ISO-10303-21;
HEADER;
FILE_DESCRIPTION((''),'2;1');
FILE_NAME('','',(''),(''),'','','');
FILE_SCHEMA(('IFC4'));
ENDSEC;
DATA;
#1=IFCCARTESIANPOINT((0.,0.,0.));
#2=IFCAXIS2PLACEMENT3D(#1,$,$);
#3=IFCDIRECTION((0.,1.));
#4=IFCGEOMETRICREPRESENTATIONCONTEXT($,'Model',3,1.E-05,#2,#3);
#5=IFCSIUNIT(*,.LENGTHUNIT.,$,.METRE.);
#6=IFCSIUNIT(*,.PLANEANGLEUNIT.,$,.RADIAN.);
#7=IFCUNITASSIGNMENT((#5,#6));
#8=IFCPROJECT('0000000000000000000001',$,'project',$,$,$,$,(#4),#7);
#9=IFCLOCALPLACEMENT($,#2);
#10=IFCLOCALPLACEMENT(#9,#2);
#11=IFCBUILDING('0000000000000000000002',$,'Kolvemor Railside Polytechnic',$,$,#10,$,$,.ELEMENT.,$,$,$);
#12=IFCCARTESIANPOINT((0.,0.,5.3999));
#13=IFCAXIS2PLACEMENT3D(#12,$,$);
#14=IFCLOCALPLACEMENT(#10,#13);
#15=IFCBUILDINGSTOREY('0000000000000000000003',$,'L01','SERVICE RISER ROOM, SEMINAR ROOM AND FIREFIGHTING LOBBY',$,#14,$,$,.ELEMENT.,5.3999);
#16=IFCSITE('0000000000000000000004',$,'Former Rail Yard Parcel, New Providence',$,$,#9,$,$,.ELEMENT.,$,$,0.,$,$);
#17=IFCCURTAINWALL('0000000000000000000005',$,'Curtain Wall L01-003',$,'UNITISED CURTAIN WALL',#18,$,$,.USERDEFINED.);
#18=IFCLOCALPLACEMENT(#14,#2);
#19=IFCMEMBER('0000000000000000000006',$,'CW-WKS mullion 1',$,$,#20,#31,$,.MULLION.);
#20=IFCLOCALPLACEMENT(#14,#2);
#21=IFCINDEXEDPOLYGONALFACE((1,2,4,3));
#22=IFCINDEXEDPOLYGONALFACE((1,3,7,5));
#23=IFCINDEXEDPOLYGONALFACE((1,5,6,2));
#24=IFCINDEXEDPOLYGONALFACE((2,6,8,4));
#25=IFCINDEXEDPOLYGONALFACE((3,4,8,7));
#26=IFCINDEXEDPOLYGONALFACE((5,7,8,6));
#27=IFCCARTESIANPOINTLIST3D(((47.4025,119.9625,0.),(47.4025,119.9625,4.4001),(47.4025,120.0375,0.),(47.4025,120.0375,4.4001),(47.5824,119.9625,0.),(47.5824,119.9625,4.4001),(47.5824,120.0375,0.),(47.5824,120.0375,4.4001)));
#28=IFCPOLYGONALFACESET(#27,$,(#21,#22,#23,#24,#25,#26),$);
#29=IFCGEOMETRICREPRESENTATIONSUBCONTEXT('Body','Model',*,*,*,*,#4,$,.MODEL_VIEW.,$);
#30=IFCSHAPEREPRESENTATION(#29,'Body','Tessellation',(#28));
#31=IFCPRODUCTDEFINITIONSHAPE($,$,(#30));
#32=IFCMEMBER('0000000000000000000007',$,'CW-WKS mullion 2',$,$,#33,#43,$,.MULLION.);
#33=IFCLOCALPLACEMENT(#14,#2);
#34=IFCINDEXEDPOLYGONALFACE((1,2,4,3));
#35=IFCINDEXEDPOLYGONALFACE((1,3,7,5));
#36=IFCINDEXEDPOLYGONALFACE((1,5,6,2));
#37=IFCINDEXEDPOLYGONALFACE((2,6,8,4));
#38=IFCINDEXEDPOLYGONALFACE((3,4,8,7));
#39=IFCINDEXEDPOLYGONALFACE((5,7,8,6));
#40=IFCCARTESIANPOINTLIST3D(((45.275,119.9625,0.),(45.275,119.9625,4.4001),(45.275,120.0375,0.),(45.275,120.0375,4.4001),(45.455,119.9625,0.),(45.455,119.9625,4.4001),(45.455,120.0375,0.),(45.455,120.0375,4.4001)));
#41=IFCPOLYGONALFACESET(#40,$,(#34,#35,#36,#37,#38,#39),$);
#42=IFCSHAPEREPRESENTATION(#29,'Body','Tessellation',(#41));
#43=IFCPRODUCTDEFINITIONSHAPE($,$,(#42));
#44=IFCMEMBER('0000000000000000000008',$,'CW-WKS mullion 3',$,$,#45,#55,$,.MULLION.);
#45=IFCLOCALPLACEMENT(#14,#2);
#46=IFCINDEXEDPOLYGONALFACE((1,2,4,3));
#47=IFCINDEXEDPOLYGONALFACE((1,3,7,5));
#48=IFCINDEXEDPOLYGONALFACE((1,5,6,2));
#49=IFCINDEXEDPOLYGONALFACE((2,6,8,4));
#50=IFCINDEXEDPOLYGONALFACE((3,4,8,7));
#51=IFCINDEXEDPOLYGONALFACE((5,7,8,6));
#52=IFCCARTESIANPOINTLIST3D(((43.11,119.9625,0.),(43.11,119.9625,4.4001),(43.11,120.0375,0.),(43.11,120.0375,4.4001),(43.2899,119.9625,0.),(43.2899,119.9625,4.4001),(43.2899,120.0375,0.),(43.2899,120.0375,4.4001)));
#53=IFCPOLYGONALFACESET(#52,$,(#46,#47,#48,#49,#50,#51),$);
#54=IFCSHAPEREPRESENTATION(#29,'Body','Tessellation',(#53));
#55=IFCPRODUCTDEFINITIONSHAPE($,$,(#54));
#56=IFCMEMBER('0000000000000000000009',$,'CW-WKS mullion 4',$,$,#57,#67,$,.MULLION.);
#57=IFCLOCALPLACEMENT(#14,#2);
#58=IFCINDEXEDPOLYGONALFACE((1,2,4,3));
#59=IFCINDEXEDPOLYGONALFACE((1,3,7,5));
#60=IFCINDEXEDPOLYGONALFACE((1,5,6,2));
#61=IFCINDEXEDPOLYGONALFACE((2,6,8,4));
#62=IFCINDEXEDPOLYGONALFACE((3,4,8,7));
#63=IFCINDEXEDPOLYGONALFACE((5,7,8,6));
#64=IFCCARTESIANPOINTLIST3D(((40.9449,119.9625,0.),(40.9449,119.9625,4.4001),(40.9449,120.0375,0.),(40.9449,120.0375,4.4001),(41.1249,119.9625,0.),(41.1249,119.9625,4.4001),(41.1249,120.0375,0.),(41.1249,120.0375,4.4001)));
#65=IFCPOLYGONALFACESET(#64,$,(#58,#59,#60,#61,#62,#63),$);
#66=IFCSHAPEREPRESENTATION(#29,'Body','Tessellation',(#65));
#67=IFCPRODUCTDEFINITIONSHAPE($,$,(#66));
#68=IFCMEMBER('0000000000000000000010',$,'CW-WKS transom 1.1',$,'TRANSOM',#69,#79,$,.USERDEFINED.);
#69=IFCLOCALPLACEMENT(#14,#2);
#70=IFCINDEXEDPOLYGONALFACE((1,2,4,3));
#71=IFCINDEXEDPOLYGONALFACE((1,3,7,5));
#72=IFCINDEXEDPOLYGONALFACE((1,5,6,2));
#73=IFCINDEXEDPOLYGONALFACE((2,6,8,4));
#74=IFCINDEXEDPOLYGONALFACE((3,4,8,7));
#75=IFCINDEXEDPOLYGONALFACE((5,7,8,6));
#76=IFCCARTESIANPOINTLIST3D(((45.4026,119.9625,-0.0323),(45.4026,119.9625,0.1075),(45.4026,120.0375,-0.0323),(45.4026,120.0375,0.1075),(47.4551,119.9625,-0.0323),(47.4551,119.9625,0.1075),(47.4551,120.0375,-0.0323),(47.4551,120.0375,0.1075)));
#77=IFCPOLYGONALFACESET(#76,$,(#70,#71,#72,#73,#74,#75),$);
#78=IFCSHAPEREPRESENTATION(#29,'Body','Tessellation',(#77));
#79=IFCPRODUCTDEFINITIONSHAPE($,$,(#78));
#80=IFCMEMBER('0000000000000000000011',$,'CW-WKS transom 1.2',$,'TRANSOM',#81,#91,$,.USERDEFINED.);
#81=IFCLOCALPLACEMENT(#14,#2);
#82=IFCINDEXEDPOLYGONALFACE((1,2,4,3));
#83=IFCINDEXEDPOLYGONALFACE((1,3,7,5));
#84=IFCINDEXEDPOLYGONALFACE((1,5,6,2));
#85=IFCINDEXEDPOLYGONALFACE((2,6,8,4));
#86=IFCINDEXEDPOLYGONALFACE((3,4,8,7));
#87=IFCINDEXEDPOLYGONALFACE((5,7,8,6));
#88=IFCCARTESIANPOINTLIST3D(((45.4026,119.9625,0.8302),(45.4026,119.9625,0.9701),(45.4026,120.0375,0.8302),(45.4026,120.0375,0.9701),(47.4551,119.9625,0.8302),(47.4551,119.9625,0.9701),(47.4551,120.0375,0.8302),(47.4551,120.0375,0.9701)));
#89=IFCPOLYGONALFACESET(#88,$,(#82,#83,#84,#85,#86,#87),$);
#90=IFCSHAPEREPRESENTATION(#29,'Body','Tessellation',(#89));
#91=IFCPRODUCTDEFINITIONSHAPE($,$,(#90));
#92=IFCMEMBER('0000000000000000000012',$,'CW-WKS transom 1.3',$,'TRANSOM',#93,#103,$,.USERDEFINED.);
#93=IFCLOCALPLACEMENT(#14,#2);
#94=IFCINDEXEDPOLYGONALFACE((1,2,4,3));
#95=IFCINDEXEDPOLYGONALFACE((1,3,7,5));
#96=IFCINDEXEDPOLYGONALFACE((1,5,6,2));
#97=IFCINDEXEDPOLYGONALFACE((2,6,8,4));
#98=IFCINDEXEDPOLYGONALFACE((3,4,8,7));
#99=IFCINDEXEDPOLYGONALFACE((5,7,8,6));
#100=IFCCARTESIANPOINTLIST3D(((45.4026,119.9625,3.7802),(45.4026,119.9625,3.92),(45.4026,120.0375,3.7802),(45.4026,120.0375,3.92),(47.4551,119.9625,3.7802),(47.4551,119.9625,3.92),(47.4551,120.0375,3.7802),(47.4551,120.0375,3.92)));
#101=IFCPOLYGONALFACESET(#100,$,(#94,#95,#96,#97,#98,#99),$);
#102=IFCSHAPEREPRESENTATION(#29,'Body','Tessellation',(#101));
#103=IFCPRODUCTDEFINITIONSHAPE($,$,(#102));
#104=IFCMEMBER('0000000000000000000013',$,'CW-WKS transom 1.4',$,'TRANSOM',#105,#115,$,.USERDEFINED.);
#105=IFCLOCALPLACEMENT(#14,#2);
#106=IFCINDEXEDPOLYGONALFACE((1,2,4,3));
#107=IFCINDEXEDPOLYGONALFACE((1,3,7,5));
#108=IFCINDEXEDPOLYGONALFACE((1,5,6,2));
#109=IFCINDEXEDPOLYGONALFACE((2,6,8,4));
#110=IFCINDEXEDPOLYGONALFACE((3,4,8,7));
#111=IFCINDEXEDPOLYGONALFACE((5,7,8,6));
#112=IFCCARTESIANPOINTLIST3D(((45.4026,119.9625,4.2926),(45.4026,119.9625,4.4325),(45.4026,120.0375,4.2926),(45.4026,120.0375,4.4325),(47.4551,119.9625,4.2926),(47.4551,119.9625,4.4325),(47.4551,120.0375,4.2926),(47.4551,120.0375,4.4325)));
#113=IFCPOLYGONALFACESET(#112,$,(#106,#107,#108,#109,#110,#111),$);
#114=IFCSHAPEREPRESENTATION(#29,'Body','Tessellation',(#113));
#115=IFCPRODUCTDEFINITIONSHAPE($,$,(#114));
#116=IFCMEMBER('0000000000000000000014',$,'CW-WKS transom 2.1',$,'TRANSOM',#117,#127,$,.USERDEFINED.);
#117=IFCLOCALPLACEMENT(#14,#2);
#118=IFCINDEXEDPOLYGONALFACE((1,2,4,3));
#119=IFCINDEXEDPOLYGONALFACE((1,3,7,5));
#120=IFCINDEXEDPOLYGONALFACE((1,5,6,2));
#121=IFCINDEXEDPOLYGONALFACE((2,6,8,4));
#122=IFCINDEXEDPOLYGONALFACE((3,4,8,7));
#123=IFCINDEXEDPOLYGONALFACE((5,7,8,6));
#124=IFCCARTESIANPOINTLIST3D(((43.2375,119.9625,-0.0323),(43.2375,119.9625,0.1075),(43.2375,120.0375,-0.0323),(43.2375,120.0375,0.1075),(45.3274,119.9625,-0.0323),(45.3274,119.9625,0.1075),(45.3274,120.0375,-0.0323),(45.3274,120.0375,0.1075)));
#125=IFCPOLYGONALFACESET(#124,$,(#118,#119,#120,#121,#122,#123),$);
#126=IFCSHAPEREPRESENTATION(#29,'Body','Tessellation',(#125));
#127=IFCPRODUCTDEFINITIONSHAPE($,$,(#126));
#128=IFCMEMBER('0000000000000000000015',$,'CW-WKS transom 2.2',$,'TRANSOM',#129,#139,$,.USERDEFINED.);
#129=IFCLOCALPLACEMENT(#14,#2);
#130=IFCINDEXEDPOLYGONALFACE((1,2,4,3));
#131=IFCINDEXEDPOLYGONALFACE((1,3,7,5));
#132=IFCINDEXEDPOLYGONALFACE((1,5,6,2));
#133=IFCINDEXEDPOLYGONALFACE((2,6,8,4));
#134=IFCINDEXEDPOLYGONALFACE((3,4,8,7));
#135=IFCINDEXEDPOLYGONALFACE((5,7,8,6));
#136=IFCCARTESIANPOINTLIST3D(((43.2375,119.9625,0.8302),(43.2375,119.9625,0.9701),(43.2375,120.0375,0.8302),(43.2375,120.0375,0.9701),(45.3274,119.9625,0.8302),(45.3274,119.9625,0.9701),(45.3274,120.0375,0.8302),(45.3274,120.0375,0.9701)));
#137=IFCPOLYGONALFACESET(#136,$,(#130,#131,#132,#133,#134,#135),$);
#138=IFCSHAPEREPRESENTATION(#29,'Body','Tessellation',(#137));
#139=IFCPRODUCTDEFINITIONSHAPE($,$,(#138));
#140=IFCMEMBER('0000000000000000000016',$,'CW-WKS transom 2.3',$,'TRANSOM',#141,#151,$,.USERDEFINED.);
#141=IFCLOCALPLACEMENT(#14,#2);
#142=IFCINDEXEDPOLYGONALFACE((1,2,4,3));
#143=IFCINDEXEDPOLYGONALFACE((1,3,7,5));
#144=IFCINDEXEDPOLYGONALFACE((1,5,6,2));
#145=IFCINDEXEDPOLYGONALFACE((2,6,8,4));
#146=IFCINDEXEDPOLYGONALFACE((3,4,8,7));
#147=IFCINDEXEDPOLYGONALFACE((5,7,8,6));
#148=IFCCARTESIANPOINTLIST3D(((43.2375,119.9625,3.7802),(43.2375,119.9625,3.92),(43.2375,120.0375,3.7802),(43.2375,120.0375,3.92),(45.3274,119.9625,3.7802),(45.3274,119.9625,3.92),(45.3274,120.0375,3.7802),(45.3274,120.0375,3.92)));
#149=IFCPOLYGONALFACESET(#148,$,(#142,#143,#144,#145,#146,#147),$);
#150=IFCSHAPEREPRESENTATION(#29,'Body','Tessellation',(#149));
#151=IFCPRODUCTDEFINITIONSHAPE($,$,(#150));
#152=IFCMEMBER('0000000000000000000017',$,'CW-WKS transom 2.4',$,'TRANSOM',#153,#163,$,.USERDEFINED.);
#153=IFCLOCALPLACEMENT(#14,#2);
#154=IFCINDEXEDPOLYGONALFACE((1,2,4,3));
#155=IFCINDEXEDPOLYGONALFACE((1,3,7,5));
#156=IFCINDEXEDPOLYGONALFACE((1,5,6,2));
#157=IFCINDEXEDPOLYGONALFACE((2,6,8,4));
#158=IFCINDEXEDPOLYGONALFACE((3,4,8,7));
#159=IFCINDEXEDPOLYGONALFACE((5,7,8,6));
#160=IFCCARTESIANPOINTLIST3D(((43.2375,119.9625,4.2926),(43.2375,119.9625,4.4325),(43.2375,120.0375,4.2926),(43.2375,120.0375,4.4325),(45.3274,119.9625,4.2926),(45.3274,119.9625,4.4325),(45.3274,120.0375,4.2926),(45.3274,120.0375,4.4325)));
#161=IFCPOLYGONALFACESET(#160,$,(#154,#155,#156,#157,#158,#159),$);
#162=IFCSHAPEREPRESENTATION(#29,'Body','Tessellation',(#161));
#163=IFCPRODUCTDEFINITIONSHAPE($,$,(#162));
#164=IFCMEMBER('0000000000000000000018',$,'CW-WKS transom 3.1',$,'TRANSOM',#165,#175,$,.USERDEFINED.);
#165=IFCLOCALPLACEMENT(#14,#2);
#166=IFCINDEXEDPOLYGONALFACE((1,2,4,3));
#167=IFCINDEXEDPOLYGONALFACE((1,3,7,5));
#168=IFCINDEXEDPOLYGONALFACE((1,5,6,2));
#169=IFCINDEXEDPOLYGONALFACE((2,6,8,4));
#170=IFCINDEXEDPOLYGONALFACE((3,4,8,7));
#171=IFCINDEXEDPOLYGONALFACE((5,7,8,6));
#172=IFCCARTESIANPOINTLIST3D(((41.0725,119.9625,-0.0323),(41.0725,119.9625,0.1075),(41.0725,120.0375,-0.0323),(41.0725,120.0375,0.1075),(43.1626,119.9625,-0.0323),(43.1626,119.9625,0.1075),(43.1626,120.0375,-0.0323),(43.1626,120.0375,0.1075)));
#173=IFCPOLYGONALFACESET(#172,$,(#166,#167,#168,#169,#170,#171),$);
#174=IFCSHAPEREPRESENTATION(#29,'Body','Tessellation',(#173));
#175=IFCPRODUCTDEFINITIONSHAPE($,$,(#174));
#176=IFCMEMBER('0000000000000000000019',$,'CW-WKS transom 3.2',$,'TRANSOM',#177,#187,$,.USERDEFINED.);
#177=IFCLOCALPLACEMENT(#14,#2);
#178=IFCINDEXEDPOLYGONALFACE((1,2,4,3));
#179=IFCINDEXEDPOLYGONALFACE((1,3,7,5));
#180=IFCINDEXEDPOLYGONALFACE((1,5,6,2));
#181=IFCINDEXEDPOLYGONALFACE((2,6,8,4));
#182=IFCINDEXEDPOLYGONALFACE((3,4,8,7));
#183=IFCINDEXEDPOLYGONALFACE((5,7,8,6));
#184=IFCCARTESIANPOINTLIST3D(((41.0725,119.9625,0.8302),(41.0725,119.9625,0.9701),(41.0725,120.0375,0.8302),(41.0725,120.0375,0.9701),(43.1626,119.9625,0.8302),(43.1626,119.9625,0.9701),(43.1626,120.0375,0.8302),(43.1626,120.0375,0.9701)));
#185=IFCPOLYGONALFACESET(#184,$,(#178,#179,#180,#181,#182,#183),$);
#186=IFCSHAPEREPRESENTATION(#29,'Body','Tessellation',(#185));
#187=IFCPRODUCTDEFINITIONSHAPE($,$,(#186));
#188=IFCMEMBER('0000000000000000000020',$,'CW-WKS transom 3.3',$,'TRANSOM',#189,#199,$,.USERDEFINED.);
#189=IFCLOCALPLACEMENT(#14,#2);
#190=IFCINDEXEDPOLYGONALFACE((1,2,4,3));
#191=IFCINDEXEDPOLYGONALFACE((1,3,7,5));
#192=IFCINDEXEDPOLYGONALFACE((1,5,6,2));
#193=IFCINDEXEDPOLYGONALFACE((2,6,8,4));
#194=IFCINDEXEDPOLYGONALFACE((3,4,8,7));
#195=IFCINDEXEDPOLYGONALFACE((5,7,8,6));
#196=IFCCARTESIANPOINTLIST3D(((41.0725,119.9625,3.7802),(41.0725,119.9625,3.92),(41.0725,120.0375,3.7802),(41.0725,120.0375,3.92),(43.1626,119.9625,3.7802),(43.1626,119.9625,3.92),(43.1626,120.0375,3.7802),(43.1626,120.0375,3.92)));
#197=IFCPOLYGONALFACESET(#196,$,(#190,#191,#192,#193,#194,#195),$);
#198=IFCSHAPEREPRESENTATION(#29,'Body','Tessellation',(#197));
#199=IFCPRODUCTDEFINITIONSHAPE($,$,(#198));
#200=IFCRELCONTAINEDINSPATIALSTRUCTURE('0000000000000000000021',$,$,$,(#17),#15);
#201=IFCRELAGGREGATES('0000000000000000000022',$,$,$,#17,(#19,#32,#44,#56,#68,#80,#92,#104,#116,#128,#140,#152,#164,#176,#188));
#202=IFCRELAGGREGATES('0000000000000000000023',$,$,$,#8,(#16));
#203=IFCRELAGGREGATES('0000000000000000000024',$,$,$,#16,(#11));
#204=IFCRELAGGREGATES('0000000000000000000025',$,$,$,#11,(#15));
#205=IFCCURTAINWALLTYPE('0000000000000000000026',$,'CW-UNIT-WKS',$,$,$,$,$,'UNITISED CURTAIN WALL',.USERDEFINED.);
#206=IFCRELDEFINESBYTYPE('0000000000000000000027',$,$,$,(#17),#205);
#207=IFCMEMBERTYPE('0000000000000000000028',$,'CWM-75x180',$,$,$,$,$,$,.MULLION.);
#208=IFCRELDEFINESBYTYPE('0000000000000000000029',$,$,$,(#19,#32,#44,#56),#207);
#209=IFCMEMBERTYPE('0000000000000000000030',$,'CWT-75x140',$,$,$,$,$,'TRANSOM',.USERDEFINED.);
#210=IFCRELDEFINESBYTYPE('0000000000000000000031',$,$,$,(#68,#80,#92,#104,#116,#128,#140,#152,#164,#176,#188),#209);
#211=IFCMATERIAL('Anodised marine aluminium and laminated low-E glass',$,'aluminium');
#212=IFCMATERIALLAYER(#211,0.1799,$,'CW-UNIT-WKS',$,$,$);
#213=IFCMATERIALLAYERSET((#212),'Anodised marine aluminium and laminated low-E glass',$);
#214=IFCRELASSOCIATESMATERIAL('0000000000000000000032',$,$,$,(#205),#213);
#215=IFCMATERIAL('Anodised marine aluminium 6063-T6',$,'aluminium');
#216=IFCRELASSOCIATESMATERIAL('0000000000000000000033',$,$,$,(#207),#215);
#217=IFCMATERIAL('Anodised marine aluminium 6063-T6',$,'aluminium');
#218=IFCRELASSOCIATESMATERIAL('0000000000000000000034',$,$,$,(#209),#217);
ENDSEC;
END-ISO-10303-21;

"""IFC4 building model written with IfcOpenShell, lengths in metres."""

from ifc_helpers import new_model, si_unit, direction, frame, origin, origin_2d, place, context, subcontext, project, spatial, rectangle, extrude, material, layer, layer_set, material_profile, profile_set, type_object, element, aggregate, save


model = new_model("IFC4")

# Units and contexts
model_context = context("Model", 3, precision=1e-05, world=origin(), true_north=direction((0.0, 1.0)))
body_context = subcontext(model_context, "Body", "Model", "MODEL_VIEW")
ifc_project = project(units=[si_unit("LENGTHUNIT", "METRE"), si_unit("PLANEANGLEUNIT", "RADIAN")], contexts=[model_context])

# Site, building, storey
site_placement = place(None, origin())
site = spatial("IfcSite", under=ifc_project, at=site_placement, Name="Former Rail Yard Parcel, New Providence", CompositionType="ELEMENT", RefElevation=0.0)
building_placement = place(site_placement, origin())
building = spatial("IfcBuilding", under=site, at=building_placement, Name="Kolvemor Railside Polytechnic", CompositionType="ELEMENT")
storey_placement = place(building_placement, frame((0.0, 0.0, 5.3999)))
storey = spatial("IfcBuildingStorey", under=building, at=storey_placement, Name="L01", Description="SERVICE RISER ROOM, SEMINAR ROOM AND FIREFIGHTING LOBBY", CompositionType="ELEMENT", Elevation=5.3999)

# Curtain wall, members
ifc_material_1 = material(Name="Anodised marine aluminium and laminated low-E glass", Category="aluminium")
ifc_layer_1 = layer(ifc_material_1, 0.1799, Name="CW-UNIT-WKS")
ifc_layer_set_1 = layer_set([ifc_layer_1], Name="Anodised marine aluminium and laminated low-E glass")
curtain_wall_type = type_object("IfcCurtainWallType", Name="CW-UNIT-WKS", ElementType="UNITISED CURTAIN WALL", PredefinedType="USERDEFINED", material=ifc_layer_set_1)
curtain_wall_placement = place(storey_placement, origin())
curtain_wall = element("IfcCurtainWall", 1, at=curtain_wall_placement, inside=storey, type_object=curtain_wall_type, Name="Curtain Wall L01-003", ObjectType="UNITISED CURTAIN WALL", PredefinedType="USERDEFINED")
ifc_material_2 = material(Name="Anodised marine aluminium 6063-T6", Category="aluminium")
ifc_material_profile_1 = material_profile(ifc_material_2, rectangle(XDim=0.075, YDim=0.1799, at=origin_2d()), Name="CW-MUL-75x180")
ifc_profile_set_1 = profile_set([ifc_material_profile_1], Name="Anodised marine aluminium 6063-T6")
member_type_1 = type_object("IfcMemberType", Name="CWM-75x180", PredefinedType="MULLION", material=ifc_profile_set_1)
member_1_placement = place(storey_placement, frame((47.4924, 120.0, 0.0), z_axis=(0.0, 0.0, 1.0), x_axis=(0.0, -1.0, 0.0)))
member_1 = element("IfcMember", 2, at=member_1_placement, type_object=member_type_1, Name="CW-WKS mullion 1", PredefinedType="MULLION", context=body_context, shape_type="SweptSolid", body=[
    extrude(rectangle(XDim=0.075, YDim=0.1799, at=origin_2d()), origin(), (0.0, 0.0, 1.0), 4.4001),
])
member_2_placement = place(storey_placement, frame((45.365, 120.0, 0.0), z_axis=(0.0, 0.0, 1.0), x_axis=(0.0, -1.0, 0.0)))
member_2 = element("IfcMember", 3, at=member_2_placement, type_object=member_type_1, Name="CW-WKS mullion 2", PredefinedType="MULLION", context=body_context, shape_type="SweptSolid", body=[
    extrude(rectangle(XDim=0.075, YDim=0.1799, at=origin_2d()), origin(), (0.0, 0.0, 1.0), 4.4001),
])
member_3_placement = place(storey_placement, frame((43.2, 120.0, 0.0), z_axis=(0.0, 0.0, 1.0), x_axis=(0.0, -1.0, 0.0)))
member_3 = element("IfcMember", 4, at=member_3_placement, type_object=member_type_1, Name="CW-WKS mullion 3", PredefinedType="MULLION", context=body_context, shape_type="SweptSolid", body=[
    extrude(rectangle(XDim=0.075, YDim=0.1799, at=origin_2d()), origin(), (0.0, 0.0, 1.0), 4.4001),
])
member_4_placement = place(storey_placement, frame((41.0349, 120.0, 0.0), z_axis=(0.0, 0.0, 1.0), x_axis=(0.0, -1.0, 0.0)))
member_4 = element("IfcMember", 5, at=member_4_placement, type_object=member_type_1, Name="CW-WKS mullion 4", PredefinedType="MULLION", context=body_context, shape_type="SweptSolid", body=[
    extrude(rectangle(XDim=0.075, YDim=0.1799, at=origin_2d()), origin(), (0.0, 0.0, 1.0), 4.4001),
])
ifc_material_3 = material(Name="Anodised marine aluminium 6063-T6", Category="aluminium")
ifc_material_profile_2 = material_profile(ifc_material_3, rectangle(XDim=0.075, YDim=0.1399, at=origin_2d()), Name="CW-TRN-75x140")
ifc_profile_set_2 = profile_set([ifc_material_profile_2], Name="Anodised marine aluminium 6063-T6")
member_type_2 = type_object("IfcMemberType", Name="CWT-75x140", ElementType="TRANSOM", PredefinedType="USERDEFINED", material=ifc_profile_set_2)
member_5_placement = place(storey_placement, frame((47.4551, 120.0, 0.0376), z_axis=(-1.0, 0.0, 0.0), x_axis=(0.0, -1.0, 0.0)))
member_5 = element("IfcMember", 6, at=member_5_placement, type_object=member_type_2, Name="CW-WKS transom 1.1", ObjectType="TRANSOM", PredefinedType="USERDEFINED", context=body_context, shape_type="SweptSolid", body=[
    extrude(rectangle(XDim=0.075, YDim=0.1399, at=origin_2d()), origin(), (0.0, 0.0, 1.0), 2.0525),
])
member_6_placement = place(storey_placement, frame((47.4551, 120.0, 0.9001), z_axis=(-1.0, 0.0, 0.0), x_axis=(0.0, -1.0, 0.0)))
member_6 = element("IfcMember", 7, at=member_6_placement, type_object=member_type_2, Name="CW-WKS transom 1.2", ObjectType="TRANSOM", PredefinedType="USERDEFINED", context=body_context, shape_type="SweptSolid", body=[
    extrude(rectangle(XDim=0.075, YDim=0.1399, at=origin_2d()), origin(), (0.0, 0.0, 1.0), 2.0525),
])
member_7_placement = place(storey_placement, frame((47.4551, 120.0, 3.8501), z_axis=(-1.0, 0.0, 0.0), x_axis=(0.0, -1.0, 0.0)))
member_7 = element("IfcMember", 8, at=member_7_placement, type_object=member_type_2, Name="CW-WKS transom 1.3", ObjectType="TRANSOM", PredefinedType="USERDEFINED", context=body_context, shape_type="SweptSolid", body=[
    extrude(rectangle(XDim=0.075, YDim=0.1399, at=origin_2d()), origin(), (0.0, 0.0, 1.0), 2.0525),
])
member_8_placement = place(storey_placement, frame((47.4551, 120.0, 4.3625), z_axis=(-1.0, 0.0, 0.0), x_axis=(0.0, -1.0, 0.0)))
member_8 = element("IfcMember", 9, at=member_8_placement, type_object=member_type_2, Name="CW-WKS transom 1.4", ObjectType="TRANSOM", PredefinedType="USERDEFINED", context=body_context, shape_type="SweptSolid", body=[
    extrude(rectangle(XDim=0.075, YDim=0.1399, at=origin_2d()), origin(), (0.0, 0.0, 1.0), 2.0525),
])
member_9_placement = place(storey_placement, frame((45.3274, 120.0, 0.0376), z_axis=(-1.0, 0.0, 0.0), x_axis=(0.0, -1.0, 0.0)))
member_9 = element("IfcMember", 10, at=member_9_placement, type_object=member_type_2, Name="CW-WKS transom 2.1", ObjectType="TRANSOM", PredefinedType="USERDEFINED", context=body_context, shape_type="SweptSolid", body=[
    extrude(rectangle(XDim=0.075, YDim=0.1399, at=origin_2d()), origin(), (0.0, 0.0, 1.0), 2.0898),
])
member_10_placement = place(storey_placement, frame((45.3274, 120.0, 0.9001), z_axis=(-1.0, 0.0, 0.0), x_axis=(0.0, -1.0, 0.0)))
member_10 = element("IfcMember", 11, at=member_10_placement, type_object=member_type_2, Name="CW-WKS transom 2.2", ObjectType="TRANSOM", PredefinedType="USERDEFINED", context=body_context, shape_type="SweptSolid", body=[
    extrude(rectangle(XDim=0.075, YDim=0.1399, at=origin_2d()), origin(), (0.0, 0.0, 1.0), 2.0898),
])
member_11_placement = place(storey_placement, frame((45.3274, 120.0, 3.8501), z_axis=(-1.0, 0.0, 0.0), x_axis=(0.0, -1.0, 0.0)))
member_11 = element("IfcMember", 12, at=member_11_placement, type_object=member_type_2, Name="CW-WKS transom 2.3", ObjectType="TRANSOM", PredefinedType="USERDEFINED", context=body_context, shape_type="SweptSolid", body=[
    extrude(rectangle(XDim=0.075, YDim=0.1399, at=origin_2d()), origin(), (0.0, 0.0, 1.0), 2.0898),
])
member_12_placement = place(storey_placement, frame((45.3274, 120.0, 4.3625), z_axis=(-1.0, 0.0, 0.0), x_axis=(0.0, -1.0, 0.0)))
member_12 = element("IfcMember", 13, at=member_12_placement, type_object=member_type_2, Name="CW-WKS transom 2.4", ObjectType="TRANSOM", PredefinedType="USERDEFINED", context=body_context, shape_type="SweptSolid", body=[
    extrude(rectangle(XDim=0.075, YDim=0.1399, at=origin_2d()), origin(), (0.0, 0.0, 1.0), 2.0898),
])
member_13_placement = place(storey_placement, frame((43.1626, 120.0, 0.0376), z_axis=(-1.0, 0.0, 0.0), x_axis=(0.0, -1.0, 0.0)))
member_13 = element("IfcMember", 14, at=member_13_placement, type_object=member_type_2, Name="CW-WKS transom 3.1", ObjectType="TRANSOM", PredefinedType="USERDEFINED", context=body_context, shape_type="SweptSolid", body=[
    extrude(rectangle(XDim=0.075, YDim=0.1399, at=origin_2d()), origin(), (0.0, 0.0, 1.0), 2.0901),
])
member_14_placement = place(storey_placement, frame((43.1626, 120.0, 0.9001), z_axis=(-1.0, 0.0, 0.0), x_axis=(0.0, -1.0, 0.0)))
member_14 = element("IfcMember", 15, at=member_14_placement, type_object=member_type_2, Name="CW-WKS transom 3.2", ObjectType="TRANSOM", PredefinedType="USERDEFINED", context=body_context, shape_type="SweptSolid", body=[
    extrude(rectangle(XDim=0.075, YDim=0.1399, at=origin_2d()), origin(), (0.0, 0.0, 1.0), 2.0901),
])
member_15_placement = place(storey_placement, frame((43.1626, 120.0, 3.8501), z_axis=(-1.0, 0.0, 0.0), x_axis=(0.0, -1.0, 0.0)))
member_15 = element("IfcMember", 16, at=member_15_placement, type_object=member_type_2, Name="CW-WKS transom 3.3", ObjectType="TRANSOM", PredefinedType="USERDEFINED", context=body_context, shape_type="SweptSolid", body=[
    extrude(rectangle(XDim=0.075, YDim=0.1399, at=origin_2d()), origin(), (0.0, 0.0, 1.0), 2.0901),
])
aggregate(curtain_wall, [member_1, member_2, member_3, member_4, member_5, member_6, member_7, member_8, member_9, member_10, member_11, member_12, member_13, member_14, member_15])

save(model, "model.ifc")
